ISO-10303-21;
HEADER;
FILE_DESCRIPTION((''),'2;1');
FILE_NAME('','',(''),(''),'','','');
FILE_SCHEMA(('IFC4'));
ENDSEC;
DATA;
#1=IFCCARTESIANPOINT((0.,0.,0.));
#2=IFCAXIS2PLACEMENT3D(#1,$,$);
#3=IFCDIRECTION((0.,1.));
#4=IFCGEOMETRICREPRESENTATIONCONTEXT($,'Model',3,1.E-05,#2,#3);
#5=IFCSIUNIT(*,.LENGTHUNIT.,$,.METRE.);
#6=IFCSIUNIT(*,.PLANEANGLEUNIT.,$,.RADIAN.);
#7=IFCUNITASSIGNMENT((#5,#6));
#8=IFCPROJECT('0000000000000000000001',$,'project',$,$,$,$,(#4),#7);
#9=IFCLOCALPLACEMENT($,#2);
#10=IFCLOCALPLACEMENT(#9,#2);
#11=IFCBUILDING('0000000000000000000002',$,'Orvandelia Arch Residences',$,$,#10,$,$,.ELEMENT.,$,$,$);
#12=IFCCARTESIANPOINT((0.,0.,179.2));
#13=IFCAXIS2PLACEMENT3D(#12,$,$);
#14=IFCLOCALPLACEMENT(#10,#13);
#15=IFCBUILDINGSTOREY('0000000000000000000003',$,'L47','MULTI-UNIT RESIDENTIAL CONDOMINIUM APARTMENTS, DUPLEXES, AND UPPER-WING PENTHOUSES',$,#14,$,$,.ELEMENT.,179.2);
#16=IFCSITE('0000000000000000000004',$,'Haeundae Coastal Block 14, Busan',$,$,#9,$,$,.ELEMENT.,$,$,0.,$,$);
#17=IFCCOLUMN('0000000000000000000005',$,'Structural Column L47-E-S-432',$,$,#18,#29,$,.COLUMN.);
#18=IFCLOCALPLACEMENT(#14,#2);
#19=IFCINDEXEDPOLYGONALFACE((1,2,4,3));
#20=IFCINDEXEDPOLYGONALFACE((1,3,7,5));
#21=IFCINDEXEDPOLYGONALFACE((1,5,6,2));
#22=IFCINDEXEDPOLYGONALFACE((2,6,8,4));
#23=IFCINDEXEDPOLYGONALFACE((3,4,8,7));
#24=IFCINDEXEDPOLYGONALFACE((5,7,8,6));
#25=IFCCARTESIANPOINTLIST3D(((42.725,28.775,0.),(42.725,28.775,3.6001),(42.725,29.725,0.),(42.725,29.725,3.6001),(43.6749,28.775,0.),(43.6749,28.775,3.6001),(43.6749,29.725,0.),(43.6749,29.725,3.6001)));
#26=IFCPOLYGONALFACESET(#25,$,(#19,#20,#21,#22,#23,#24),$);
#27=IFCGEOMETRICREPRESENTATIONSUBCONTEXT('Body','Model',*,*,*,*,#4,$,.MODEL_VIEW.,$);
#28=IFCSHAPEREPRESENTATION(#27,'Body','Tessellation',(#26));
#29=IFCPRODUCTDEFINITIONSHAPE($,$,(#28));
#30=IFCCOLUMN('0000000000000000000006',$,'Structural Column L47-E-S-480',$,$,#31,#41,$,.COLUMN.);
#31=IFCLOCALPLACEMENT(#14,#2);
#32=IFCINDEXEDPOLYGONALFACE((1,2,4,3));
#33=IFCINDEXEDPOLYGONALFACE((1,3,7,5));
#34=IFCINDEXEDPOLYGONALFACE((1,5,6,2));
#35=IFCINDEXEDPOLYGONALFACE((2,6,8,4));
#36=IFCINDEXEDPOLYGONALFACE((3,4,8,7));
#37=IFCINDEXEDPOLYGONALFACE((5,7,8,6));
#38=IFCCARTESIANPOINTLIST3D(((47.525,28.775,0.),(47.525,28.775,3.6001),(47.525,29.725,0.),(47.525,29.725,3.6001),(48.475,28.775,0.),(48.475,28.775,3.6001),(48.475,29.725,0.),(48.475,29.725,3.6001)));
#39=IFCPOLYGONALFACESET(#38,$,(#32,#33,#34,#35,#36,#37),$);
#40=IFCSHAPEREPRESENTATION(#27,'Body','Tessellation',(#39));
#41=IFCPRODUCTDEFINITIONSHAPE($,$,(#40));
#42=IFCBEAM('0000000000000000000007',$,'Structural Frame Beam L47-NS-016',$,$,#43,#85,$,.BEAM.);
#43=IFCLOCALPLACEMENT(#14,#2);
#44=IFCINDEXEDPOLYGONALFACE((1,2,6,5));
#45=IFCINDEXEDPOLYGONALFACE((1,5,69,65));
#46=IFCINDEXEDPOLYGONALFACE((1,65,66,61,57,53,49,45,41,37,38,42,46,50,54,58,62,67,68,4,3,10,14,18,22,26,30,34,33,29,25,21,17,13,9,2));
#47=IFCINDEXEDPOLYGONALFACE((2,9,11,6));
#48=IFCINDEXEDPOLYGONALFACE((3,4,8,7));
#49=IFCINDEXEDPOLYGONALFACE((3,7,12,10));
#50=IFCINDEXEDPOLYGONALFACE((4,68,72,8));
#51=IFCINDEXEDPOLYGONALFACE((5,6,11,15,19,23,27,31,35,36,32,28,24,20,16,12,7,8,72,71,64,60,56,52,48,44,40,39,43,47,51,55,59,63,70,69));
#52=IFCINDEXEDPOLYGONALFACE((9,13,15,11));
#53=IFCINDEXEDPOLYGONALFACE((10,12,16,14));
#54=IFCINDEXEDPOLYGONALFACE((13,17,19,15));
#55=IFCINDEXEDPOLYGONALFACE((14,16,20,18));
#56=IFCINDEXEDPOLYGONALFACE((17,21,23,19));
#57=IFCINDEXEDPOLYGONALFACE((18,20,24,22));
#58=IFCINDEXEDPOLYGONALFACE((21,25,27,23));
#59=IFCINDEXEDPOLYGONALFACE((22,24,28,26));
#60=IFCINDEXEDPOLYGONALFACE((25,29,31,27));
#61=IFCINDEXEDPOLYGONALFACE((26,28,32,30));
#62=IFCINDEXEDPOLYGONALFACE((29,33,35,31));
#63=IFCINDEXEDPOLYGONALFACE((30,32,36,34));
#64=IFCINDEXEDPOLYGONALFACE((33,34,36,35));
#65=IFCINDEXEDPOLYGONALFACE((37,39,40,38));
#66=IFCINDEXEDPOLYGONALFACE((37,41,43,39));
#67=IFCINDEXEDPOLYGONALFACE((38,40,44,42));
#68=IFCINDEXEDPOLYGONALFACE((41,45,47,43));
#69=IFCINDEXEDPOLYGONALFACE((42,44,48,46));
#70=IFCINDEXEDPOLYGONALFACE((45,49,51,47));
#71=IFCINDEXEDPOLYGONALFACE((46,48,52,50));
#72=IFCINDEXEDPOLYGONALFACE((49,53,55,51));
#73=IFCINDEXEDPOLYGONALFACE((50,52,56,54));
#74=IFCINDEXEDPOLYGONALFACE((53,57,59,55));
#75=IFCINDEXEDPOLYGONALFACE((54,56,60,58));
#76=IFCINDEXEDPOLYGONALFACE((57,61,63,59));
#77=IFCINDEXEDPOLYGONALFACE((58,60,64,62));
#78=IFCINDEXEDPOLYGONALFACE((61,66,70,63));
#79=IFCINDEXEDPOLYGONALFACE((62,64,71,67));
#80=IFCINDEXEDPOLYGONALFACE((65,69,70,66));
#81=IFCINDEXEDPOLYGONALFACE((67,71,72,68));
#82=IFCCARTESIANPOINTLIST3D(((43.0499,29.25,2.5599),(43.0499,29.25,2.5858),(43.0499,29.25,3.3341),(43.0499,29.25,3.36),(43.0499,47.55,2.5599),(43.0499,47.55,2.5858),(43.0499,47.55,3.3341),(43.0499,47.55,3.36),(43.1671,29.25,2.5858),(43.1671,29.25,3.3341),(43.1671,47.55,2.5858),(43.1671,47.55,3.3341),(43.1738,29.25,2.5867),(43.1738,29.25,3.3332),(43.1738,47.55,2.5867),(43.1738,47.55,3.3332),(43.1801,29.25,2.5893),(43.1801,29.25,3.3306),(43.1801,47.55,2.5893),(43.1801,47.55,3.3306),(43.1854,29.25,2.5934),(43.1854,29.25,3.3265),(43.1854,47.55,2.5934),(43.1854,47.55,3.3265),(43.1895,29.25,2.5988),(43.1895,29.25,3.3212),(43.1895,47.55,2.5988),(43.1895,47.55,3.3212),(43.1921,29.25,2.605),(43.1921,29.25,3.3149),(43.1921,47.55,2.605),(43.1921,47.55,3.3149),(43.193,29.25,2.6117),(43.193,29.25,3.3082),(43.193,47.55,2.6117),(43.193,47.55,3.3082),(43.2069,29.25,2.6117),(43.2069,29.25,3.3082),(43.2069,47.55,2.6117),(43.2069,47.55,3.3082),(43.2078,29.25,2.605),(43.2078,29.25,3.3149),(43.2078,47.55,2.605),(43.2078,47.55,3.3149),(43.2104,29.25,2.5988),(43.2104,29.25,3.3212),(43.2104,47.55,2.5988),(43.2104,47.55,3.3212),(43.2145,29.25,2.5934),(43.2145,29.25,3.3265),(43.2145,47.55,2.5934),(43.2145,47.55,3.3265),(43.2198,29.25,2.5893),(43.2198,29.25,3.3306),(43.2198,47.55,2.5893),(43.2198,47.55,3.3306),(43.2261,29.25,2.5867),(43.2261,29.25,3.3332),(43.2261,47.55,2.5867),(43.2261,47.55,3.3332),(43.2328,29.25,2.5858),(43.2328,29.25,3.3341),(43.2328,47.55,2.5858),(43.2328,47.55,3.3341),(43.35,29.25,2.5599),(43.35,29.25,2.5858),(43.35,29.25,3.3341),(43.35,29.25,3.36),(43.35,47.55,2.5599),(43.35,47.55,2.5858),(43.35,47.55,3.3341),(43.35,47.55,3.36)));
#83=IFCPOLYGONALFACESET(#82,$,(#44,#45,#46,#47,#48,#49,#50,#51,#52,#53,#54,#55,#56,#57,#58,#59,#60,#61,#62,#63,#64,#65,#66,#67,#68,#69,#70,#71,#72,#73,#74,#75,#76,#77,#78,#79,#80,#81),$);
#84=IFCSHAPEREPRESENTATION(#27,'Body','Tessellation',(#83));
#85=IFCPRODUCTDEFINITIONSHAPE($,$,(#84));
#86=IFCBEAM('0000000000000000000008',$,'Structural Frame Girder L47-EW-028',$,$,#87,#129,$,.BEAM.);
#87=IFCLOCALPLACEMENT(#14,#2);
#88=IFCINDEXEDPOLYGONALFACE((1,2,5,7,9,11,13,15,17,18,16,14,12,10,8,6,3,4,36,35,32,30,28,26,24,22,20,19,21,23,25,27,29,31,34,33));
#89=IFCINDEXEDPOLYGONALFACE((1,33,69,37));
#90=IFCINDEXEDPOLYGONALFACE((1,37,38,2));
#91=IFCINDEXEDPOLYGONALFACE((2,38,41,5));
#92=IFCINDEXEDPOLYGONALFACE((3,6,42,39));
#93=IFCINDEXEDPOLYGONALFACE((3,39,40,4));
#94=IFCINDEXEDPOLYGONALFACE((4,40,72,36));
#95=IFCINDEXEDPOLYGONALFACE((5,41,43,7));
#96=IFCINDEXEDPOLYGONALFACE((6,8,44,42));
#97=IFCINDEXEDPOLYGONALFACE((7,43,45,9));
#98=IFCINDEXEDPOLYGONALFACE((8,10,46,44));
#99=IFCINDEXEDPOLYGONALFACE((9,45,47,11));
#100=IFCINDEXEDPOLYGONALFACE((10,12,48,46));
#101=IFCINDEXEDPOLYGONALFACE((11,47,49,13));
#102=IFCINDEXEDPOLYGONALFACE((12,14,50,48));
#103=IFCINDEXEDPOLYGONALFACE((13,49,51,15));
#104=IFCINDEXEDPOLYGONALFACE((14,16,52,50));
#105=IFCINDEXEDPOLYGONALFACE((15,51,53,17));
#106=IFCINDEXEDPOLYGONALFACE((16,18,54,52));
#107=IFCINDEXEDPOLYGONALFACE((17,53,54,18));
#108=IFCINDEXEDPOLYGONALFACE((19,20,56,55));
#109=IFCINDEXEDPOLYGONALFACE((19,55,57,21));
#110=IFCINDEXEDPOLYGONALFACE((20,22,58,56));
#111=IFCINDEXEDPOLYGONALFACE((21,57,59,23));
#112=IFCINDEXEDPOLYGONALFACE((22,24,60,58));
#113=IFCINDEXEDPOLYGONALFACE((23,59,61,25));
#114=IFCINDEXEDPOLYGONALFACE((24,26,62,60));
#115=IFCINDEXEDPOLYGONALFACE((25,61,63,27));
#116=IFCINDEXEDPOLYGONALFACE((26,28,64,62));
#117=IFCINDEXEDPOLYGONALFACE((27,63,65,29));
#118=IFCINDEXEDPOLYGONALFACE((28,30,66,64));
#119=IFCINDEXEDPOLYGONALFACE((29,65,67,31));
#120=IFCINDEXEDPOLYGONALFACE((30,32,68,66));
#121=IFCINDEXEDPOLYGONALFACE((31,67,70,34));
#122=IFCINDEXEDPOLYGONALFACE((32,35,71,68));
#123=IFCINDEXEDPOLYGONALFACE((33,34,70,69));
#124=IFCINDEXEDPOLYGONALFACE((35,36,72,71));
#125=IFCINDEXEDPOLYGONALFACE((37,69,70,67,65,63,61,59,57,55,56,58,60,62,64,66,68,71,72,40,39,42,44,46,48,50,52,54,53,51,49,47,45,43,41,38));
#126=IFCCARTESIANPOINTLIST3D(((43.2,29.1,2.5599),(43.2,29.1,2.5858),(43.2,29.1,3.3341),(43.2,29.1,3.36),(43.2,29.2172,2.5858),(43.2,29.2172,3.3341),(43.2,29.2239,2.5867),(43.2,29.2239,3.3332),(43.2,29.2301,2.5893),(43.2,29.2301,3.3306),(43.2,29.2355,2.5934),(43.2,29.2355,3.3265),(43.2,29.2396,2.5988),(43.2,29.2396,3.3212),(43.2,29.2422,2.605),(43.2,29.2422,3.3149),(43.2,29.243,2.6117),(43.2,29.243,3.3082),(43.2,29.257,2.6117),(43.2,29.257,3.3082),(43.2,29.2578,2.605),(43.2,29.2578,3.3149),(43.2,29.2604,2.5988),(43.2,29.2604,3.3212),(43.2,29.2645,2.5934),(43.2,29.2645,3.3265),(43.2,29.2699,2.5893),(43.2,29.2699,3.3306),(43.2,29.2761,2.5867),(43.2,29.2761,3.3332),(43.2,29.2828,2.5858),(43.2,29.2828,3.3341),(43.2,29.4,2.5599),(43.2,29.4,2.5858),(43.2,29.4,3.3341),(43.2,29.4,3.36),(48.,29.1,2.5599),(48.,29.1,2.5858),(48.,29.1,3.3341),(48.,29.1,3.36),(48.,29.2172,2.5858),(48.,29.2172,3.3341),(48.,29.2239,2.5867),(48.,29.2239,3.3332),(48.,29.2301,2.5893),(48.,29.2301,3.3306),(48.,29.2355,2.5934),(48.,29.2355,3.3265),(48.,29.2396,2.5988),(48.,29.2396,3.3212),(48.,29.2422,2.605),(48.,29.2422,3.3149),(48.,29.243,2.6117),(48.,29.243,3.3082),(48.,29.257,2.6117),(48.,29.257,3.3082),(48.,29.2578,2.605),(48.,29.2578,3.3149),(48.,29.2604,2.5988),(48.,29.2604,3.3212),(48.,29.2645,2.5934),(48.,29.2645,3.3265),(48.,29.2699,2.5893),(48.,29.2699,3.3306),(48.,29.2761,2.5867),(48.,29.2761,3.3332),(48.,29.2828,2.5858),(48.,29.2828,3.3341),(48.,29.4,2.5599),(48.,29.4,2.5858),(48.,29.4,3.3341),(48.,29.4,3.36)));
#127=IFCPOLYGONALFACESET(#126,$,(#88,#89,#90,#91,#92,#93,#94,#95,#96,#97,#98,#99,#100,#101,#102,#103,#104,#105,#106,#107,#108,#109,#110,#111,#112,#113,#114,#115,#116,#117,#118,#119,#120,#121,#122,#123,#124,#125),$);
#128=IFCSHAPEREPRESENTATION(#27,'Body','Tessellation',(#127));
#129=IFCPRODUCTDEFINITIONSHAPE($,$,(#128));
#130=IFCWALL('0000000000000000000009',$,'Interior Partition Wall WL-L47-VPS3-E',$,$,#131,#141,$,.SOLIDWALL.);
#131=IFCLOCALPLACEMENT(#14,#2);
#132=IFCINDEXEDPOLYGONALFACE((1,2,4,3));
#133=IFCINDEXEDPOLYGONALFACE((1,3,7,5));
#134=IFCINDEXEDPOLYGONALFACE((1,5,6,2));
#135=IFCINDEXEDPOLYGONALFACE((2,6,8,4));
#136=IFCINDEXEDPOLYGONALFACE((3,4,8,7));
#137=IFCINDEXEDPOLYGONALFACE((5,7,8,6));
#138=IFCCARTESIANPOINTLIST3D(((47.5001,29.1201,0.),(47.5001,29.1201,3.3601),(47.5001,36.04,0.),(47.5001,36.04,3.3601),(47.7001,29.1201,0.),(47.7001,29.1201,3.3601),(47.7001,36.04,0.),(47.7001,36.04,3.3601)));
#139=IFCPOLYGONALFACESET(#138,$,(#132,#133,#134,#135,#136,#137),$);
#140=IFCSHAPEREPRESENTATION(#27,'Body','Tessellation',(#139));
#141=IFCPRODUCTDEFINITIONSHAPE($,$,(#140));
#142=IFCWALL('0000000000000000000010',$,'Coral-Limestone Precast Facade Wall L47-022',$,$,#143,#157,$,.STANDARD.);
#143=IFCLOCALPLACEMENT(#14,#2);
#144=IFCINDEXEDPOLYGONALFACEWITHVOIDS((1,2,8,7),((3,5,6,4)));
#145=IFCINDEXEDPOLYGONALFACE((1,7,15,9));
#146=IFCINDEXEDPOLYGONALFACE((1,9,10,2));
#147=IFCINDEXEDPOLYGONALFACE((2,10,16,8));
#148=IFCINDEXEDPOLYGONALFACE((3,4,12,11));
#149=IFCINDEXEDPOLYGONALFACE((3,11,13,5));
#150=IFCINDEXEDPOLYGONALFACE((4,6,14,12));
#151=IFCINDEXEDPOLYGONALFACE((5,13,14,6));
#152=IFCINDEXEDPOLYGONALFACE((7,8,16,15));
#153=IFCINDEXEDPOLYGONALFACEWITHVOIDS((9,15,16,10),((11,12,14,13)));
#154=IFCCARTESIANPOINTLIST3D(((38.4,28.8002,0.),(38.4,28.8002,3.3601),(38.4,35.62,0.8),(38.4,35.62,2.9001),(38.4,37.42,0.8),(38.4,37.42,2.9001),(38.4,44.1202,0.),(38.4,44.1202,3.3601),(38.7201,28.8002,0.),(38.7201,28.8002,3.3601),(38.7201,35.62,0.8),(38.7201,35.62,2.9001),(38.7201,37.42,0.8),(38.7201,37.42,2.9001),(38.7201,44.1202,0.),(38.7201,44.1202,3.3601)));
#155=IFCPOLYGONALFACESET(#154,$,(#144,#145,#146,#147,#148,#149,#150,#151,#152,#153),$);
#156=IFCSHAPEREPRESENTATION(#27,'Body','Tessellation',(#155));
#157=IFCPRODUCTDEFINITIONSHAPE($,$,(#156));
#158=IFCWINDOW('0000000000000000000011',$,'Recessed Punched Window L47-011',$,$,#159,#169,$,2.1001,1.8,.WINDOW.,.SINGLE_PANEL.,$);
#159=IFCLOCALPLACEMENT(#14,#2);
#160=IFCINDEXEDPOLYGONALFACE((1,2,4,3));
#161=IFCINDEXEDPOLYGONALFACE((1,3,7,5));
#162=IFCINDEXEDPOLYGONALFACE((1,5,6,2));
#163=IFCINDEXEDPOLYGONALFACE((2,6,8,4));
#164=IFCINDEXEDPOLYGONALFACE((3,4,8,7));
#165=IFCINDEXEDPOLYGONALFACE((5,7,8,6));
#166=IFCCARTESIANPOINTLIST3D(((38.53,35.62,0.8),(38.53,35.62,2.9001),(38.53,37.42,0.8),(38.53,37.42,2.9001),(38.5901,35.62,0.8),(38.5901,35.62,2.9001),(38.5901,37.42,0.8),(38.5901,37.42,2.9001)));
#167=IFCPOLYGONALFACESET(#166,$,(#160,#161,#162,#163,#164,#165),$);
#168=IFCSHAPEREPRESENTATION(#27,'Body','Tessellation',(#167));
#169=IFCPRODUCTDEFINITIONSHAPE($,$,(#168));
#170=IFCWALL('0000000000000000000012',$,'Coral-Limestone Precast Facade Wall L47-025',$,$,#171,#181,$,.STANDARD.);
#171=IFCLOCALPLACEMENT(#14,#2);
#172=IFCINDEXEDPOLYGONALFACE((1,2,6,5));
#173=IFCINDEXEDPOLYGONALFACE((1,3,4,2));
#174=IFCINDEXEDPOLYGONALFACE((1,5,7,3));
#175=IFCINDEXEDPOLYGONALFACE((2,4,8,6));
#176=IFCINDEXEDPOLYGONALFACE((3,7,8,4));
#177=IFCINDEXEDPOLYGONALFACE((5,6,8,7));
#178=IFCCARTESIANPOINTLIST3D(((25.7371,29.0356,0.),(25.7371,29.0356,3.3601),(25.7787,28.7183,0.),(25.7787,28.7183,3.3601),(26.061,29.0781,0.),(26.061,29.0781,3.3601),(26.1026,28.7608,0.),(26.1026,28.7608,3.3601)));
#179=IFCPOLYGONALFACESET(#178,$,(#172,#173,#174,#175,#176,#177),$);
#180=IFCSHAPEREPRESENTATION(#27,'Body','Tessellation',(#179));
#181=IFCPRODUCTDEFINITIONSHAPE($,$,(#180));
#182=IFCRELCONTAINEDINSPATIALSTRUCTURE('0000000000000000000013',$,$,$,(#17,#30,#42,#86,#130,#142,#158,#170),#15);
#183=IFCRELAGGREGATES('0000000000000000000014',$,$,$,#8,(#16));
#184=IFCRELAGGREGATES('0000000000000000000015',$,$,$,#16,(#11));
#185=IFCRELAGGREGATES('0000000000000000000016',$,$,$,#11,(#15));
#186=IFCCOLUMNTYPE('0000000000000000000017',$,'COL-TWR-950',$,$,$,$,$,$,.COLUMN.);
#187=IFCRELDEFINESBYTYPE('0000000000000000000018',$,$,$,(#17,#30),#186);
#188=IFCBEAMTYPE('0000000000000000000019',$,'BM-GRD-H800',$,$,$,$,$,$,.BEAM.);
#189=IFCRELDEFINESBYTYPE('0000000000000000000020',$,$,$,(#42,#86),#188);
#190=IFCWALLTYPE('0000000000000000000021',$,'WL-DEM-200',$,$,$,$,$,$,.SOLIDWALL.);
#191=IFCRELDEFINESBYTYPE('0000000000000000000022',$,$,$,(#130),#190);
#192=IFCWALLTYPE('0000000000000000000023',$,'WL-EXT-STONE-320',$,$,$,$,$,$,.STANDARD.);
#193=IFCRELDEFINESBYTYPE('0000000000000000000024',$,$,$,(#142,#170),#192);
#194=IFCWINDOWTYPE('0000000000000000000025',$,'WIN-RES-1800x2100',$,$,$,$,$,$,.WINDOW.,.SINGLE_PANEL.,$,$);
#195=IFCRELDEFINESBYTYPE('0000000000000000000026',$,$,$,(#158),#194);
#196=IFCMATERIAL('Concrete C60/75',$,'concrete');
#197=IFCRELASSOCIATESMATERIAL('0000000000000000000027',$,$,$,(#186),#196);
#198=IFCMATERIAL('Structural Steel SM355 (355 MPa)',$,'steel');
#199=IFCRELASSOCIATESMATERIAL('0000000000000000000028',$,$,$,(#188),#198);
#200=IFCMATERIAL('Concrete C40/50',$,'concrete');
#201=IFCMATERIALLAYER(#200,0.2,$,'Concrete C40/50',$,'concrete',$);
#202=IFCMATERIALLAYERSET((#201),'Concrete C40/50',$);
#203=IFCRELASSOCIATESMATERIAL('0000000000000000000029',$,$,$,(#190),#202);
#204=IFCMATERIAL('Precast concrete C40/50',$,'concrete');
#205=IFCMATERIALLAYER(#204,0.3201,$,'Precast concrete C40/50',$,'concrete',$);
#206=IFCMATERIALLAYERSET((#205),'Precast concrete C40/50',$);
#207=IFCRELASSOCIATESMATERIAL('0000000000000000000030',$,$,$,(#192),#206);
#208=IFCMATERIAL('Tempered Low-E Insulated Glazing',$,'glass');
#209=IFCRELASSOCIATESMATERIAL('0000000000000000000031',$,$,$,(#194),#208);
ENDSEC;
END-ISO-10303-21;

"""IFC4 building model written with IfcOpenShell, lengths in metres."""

from ifc_helpers import new_model, si_unit, direction, frame, frame_2d, origin, origin_2d, place, context, subcontext, project, spatial, rectangle, i_section, extrude, material, layer, layer_set, material_profile, profile_set, type_object, element, fill, save


model = new_model("IFC4")

# Units and contexts
model_context = context("Model", 3, precision=1e-05, world=origin(), true_north=direction((0.0, 1.0)))
body_context = subcontext(model_context, "Body", "Model", "MODEL_VIEW")
ifc_project = project(units=[si_unit("LENGTHUNIT", "METRE"), si_unit("PLANEANGLEUNIT", "RADIAN")], contexts=[model_context])

# Site, building, storey
site_placement = place(None, origin())
site = spatial("IfcSite", under=ifc_project, at=site_placement, Name="Haeundae Coastal Block 14, Busan", CompositionType="ELEMENT", RefElevation=0.0)
building_placement = place(site_placement, origin())
building = spatial("IfcBuilding", under=site, at=building_placement, Name="Orvandelia Arch Residences", CompositionType="ELEMENT")
storey_placement = place(building_placement, frame((0.0, 0.0, 179.2)))
storey = spatial("IfcBuildingStorey", under=building, at=storey_placement, Name="L47", Description="MULTI-UNIT RESIDENTIAL CONDOMINIUM APARTMENTS, DUPLEXES, AND UPPER-WING PENTHOUSES", CompositionType="ELEMENT", Elevation=179.2)

# Columns
ifc_material_1 = material(Name="Concrete C60/75", Category="concrete")
ifc_material_profile_1 = material_profile(ifc_material_1, rectangle(XDim=0.95, YDim=0.95, at=origin_2d()), Name="Concrete C60/75", Category="concrete")
ifc_profile_set_1 = profile_set([ifc_material_profile_1], Name="Concrete C60/75")
column_type = type_object("IfcColumnType", Name="COL-TWR-950", PredefinedType="COLUMN", material=ifc_profile_set_1)
for number, where, z_axis, x_axis, name in (
    (1, (43.2, 29.25, 0.0), (0.0, 0.0, 1.0), (1.0, 0.0, 0.0), "Structural Column L47-E-S-432"),
    (2, (48.0, 29.25, 0.0), (0.0, 0.0, 1.0), (1.0, 0.0, 0.0), "Structural Column L47-E-S-480"),
):
    element("IfcColumn", number, at=place(storey_placement, frame(where, z_axis=z_axis, x_axis=x_axis)), inside=storey, type_object=column_type, Name=name, PredefinedType="COLUMN", context=body_context, shape_type="SweptSolid", body=[
        extrude(rectangle(XDim=0.95, YDim=0.95, at=origin_2d()), origin(), (0.0, 0.0, 1.0), 3.6001),
    ])

# Beams
ifc_material_2 = material(Name="Structural Steel SM355 (355 MPa)", Category="steel")
ifc_material_profile_2 = material_profile(ifc_material_2, i_section(OverallWidth=0.3, OverallDepth=0.8, WebThickness=0.0139, FlangeThickness=0.0259, FilletRadius=0.0259, at=origin_2d()), Name="Structural Steel SM355 (355 MPa)", Category="steel")
ifc_profile_set_2 = profile_set([ifc_material_profile_2], Name="Structural Steel SM355 (355 MPa)")
beam_type = type_object("IfcBeamType", Name="BM-GRD-H800", PredefinedType="BEAM", material=ifc_profile_set_2)
beam_1_placement = place(storey_placement, frame((43.2, 29.25, 2.96), z_axis=(0.0, 1.0, 0.0), x_axis=(-1.0, 0.0, 0.0)))
element("IfcBeam", 3, at=beam_1_placement, inside=storey, type_object=beam_type, Name="Structural Frame Beam L47-NS-016", PredefinedType="BEAM", context=body_context, shape_type="SweptSolid", body=[
    extrude(i_section(OverallWidth=0.3, OverallDepth=0.8, WebThickness=0.0139, FlangeThickness=0.0259, FilletRadius=0.0259, at=origin_2d()), origin(), (0.0, 0.0, 1.0), 18.3),
])
beam_2_placement = place(storey_placement, frame((43.2, 29.25, 2.96), z_axis=(1.0, 0.0, 0.0), x_axis=(0.0, 1.0, 0.0)))
element("IfcBeam", 4, at=beam_2_placement, inside=storey, type_object=beam_type, Name="Structural Frame Girder L47-EW-028", PredefinedType="BEAM", context=body_context, shape_type="SweptSolid", body=[
    extrude(i_section(OverallWidth=0.3, OverallDepth=0.8, WebThickness=0.0139, FlangeThickness=0.0259, FilletRadius=0.0259, at=origin_2d()), origin(), (0.0, 0.0, 1.0), 4.8),
])

# Wall
ifc_material_3 = material(Name="Concrete C40/50", Category="concrete")
ifc_layer_1 = layer(ifc_material_3, 0.2, Name="Concrete C40/50", Category="concrete")
ifc_layer_set_1 = layer_set([ifc_layer_1], Name="Concrete C40/50")
wall_type_1 = type_object("IfcWallType", Name="WL-DEM-200", PredefinedType="SOLIDWALL", material=ifc_layer_set_1)
wall_1_placement = place(storey_placement, frame((47.6001, 29.1201, 0.0), z_axis=(0.0, 0.0, 1.0), x_axis=(0.0, 1.0, 0.0)))
element("IfcWall", 5, at=wall_1_placement, inside=storey, type_object=wall_type_1, Name="Interior Partition Wall WL-L47-VPS3-E", PredefinedType="SOLIDWALL", context=body_context, shape_type="SweptSolid", body=[
    extrude(rectangle(XDim=6.9199, YDim=0.2, at=frame_2d((3.46, 0.0))), origin(), (0.0, 0.0, 1.0), 3.3601),
])

# Wall, opening, window
ifc_material_4 = material(Name="Precast concrete C40/50", Category="concrete")
ifc_layer_2 = layer(ifc_material_4, 0.3201, Name="Precast concrete C40/50", Category="concrete")
ifc_layer_set_2 = layer_set([ifc_layer_2], Name="Precast concrete C40/50")
wall_type_2 = type_object("IfcWallType", Name="WL-EXT-STONE-320", PredefinedType="STANDARD", material=ifc_layer_set_2)
wall_2_placement = place(storey_placement, frame((38.5601, 28.8, 0.0), z_axis=(0.0, 0.0, 1.0), x_axis=(0.0, 1.0, 0.0)))
wall_2 = element("IfcWall", 6, at=wall_2_placement, inside=storey, type_object=wall_type_2, Name="Coral-Limestone Precast Facade Wall L47-022", PredefinedType="STANDARD", context=body_context, shape_type="SweptSolid", body=[
    extrude(rectangle(XDim=15.3201, YDim=0.3201, at=frame_2d((7.6602, 0.0))), origin(), (0.0, 0.0, 1.0), 3.3601),
])
opening_1_placement = place(wall_2_placement, frame((6.8201, 0.0, 0.8)))
opening_1 = element("IfcOpeningElement", 7, at=opening_1_placement, cuts=wall_2, PredefinedType="OPENING", context=body_context, shape_type="SweptSolid", body=[
    extrude(rectangle(XDim=1.8, YDim=2.1001, at=frame_2d((0.8999, 1.05))), frame((0.0, 0.1699, 0.0), z_axis=(0.0, -1.0, 0.0), x_axis=(1.0, 0.0, 0.0)), (0.0, 0.0, 1.0), 0.3401),
])
ifc_material_5 = material(Name="Tempered Low-E Insulated Glazing", Category="glass")
window_type = type_object("IfcWindowType", Name="WIN-RES-1800x2100", PartitioningType="SINGLE_PANEL", PredefinedType="WINDOW", material=ifc_material_5)
window_placement = place(opening_1_placement, origin())
window = element("IfcWindow", 8, at=window_placement, inside=storey, type_object=window_type, Name="Recessed Punched Window L47-011", OverallHeight=2.1001, OverallWidth=1.8, PartitioningType="SINGLE_PANEL", PredefinedType="WINDOW", context=body_context, shape_type="SweptSolid", body=[
    extrude(rectangle(XDim=1.8, YDim=2.1001, at=frame_2d((0.8999, 1.05))), frame((0.0, 0.03, 0.0), z_axis=(0.0, -1.0, 0.0), x_axis=(1.0, 0.0, 0.0)), (0.0, 0.0, 1.0), 0.0601),
])
fill(opening_1, window)

# Wall
wall_3_placement = place(storey_placement, frame((26.0818, 28.9194, 0.0), z_axis=(0.0, 0.0, 1.0), x_axis=(-0.991513, -0.13001, 0.0)))
element("IfcWall", 9, at=wall_3_placement, inside=storey, type_object=wall_type_2, Name="Coral-Limestone Precast Facade Wall L47-025", PredefinedType="STANDARD", context=body_context, shape_type="SweptSolid", body=[
    extrude(rectangle(XDim=0.3267, YDim=0.3201, at=frame_2d((0.1633, 0.0))), origin(), (0.0, 0.0, 1.0), 3.3601),
])

save(model, "model.ifc")
